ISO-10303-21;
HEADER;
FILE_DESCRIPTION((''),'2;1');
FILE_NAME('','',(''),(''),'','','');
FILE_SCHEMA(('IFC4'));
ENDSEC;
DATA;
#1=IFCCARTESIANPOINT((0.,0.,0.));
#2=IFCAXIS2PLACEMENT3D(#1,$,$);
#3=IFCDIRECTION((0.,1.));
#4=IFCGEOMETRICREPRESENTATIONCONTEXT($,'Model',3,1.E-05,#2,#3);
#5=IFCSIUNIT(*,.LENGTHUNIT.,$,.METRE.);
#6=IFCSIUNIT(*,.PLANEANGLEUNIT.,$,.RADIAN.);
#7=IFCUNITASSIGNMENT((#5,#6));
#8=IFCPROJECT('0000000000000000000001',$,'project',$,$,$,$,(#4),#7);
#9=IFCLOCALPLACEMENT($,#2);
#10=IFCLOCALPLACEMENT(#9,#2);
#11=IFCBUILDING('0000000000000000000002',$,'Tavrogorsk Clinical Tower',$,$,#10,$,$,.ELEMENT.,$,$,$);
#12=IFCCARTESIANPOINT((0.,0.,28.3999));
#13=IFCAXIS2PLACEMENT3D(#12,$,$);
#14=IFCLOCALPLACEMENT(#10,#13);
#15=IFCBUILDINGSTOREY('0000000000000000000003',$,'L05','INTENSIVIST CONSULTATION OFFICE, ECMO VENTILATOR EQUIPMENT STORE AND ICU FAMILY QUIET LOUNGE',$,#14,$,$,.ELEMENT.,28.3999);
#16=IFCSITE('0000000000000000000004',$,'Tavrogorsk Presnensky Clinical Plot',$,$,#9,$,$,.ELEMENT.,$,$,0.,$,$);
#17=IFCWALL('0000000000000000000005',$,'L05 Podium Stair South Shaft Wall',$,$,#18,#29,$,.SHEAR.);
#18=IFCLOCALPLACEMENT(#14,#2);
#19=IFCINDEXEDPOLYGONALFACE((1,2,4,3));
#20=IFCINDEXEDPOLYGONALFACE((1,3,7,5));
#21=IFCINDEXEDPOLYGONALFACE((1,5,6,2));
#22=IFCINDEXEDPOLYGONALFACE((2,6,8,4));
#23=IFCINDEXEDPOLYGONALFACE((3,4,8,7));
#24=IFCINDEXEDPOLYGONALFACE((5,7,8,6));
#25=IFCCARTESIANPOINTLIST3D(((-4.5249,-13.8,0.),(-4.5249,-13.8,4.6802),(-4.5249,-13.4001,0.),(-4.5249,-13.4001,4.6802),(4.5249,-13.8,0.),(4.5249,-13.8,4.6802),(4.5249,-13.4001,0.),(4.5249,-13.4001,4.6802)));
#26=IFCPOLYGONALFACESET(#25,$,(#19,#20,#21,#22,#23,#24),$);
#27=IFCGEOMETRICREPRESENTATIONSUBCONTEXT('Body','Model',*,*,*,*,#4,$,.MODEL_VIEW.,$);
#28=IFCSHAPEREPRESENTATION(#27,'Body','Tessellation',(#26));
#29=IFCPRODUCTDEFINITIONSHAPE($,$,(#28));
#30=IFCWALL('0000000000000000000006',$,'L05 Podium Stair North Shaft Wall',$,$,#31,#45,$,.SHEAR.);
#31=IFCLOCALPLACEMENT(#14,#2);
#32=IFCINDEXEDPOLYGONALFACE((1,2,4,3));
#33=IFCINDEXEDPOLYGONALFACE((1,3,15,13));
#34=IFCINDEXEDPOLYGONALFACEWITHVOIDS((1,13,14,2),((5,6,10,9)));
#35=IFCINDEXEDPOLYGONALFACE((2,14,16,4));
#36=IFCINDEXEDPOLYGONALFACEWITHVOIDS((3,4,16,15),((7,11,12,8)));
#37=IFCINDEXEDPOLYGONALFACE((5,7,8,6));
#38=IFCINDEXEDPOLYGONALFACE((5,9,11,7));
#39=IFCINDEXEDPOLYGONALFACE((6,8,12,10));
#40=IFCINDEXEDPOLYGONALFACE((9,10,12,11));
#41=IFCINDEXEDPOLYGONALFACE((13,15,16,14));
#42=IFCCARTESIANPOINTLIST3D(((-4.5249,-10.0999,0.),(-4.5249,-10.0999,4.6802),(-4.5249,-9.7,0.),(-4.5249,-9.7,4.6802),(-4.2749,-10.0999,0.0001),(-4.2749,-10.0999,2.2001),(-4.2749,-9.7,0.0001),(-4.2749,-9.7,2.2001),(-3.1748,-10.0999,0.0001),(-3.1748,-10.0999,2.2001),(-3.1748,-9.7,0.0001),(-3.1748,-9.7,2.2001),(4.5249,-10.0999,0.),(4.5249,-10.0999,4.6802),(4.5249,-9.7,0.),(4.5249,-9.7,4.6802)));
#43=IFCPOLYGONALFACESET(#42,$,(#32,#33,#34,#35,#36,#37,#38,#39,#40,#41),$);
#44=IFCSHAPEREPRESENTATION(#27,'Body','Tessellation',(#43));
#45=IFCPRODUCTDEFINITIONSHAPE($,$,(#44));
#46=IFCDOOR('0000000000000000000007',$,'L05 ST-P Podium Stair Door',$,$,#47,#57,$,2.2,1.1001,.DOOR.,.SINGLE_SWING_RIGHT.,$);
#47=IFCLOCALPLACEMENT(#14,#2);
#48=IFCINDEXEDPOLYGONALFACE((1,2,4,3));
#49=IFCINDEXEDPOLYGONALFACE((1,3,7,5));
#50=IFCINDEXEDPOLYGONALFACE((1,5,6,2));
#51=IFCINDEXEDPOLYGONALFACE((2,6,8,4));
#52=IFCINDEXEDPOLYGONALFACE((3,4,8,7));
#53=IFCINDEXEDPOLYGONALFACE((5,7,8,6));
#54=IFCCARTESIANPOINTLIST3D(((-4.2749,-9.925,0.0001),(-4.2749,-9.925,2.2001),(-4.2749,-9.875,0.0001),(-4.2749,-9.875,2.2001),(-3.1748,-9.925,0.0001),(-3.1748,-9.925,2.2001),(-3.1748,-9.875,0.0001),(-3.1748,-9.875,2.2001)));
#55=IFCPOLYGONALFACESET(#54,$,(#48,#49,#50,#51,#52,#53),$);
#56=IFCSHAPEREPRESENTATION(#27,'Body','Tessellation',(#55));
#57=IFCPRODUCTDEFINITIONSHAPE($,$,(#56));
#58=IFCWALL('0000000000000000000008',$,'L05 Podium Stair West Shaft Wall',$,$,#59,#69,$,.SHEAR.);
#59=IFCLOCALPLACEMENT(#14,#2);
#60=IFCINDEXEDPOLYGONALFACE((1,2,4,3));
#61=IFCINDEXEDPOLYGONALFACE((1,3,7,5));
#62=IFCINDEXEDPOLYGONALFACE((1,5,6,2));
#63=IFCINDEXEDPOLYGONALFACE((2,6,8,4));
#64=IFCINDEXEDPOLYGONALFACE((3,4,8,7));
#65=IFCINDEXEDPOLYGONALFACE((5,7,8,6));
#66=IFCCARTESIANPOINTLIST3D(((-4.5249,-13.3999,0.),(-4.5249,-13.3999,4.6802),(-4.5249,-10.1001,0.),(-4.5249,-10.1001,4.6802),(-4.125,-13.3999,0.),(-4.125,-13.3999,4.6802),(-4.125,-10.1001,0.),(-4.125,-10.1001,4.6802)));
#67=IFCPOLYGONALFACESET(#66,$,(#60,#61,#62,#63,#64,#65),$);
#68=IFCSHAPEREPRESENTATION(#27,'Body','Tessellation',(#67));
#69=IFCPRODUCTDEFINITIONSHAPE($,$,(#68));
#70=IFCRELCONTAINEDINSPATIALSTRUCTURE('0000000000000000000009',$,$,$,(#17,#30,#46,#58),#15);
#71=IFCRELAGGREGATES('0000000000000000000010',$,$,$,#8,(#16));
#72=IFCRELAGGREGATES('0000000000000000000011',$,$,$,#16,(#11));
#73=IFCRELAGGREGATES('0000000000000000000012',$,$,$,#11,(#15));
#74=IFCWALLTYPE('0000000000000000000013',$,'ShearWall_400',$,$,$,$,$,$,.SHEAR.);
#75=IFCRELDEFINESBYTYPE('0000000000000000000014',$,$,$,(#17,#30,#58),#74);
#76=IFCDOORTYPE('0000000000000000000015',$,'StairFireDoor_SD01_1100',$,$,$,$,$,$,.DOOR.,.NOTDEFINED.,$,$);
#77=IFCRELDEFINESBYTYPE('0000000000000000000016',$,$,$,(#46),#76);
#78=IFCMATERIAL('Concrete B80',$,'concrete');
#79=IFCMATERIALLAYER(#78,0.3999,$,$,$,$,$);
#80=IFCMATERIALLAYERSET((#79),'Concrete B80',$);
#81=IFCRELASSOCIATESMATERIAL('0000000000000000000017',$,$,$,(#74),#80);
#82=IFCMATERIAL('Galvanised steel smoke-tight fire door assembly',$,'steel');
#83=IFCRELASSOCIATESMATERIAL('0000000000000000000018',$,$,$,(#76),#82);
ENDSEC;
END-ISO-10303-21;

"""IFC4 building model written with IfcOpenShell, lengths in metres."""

from ifc_helpers import new_model, si_unit, direction, frame, frame_2d, origin, place, context, subcontext, project, spatial, rectangle, extrude, material, layer, layer_set, type_object, element, fill, save


model = new_model("IFC4")

# Units and contexts
model_context = context("Model", 3, precision=1e-05, world=origin(), true_north=direction((0.0, 1.0)))
body_context = subcontext(model_context, "Body", "Model", "MODEL_VIEW")
ifc_project = project(units=[si_unit("LENGTHUNIT", "METRE"), si_unit("PLANEANGLEUNIT", "RADIAN")], contexts=[model_context])

# Site, building, storey
site_placement = place(None, origin())
site = spatial("IfcSite", under=ifc_project, at=site_placement, Name="Tavrogorsk Presnensky Clinical Plot", CompositionType="ELEMENT", RefElevation=0.0)
building_placement = place(site_placement, origin())
building = spatial("IfcBuilding", under=site, at=building_placement, Name="Tavrogorsk Clinical Tower", CompositionType="ELEMENT")
storey_placement = place(building_placement, frame((0.0, 0.0, 28.3999)))
storey = spatial("IfcBuildingStorey", under=building, at=storey_placement, Name="L05", Description="INTENSIVIST CONSULTATION OFFICE, ECMO VENTILATOR EQUIPMENT STORE AND ICU FAMILY QUIET LOUNGE", CompositionType="ELEMENT", Elevation=28.3999)

# Wall
ifc_material_1 = material(Name="Concrete B80", Category="concrete")
ifc_layer_1 = layer(ifc_material_1, 0.3999)
ifc_layer_set_1 = layer_set([ifc_layer_1], Name="Concrete B80")
wall_type_1 = type_object("IfcWallType", Name="ShearWall_400", PredefinedType="SHEAR", material=ifc_layer_set_1)
wall_1_placement = place(storey_placement, frame((-4.5249, -13.6001, 0.0), z_axis=(0.0, 0.0, 1.0), x_axis=(1.0, 0.0, 0.0)))
element("IfcWall", 1, at=wall_1_placement, inside=storey, type_object=wall_type_1, Name="L05 Podium Stair South Shaft Wall", PredefinedType="SHEAR", context=body_context, shape_type="SweptSolid", body=[
    extrude(rectangle(XDim=9.0498, YDim=0.3999, at=frame_2d((4.5249, 0.0))), origin(), (0.0, 0.0, 1.0), 4.6802),
])

# Wall, opening, door
wall_2_placement = place(storey_placement, frame((-4.5249, -9.8999, 0.0), z_axis=(0.0, 0.0, 1.0), x_axis=(1.0, 0.0, 0.0)))
wall_2 = element("IfcWall", 2, at=wall_2_placement, inside=storey, type_object=wall_type_1, Name="L05 Podium Stair North Shaft Wall", PredefinedType="SHEAR", context=body_context, shape_type="SweptSolid", body=[
    extrude(rectangle(XDim=9.0498, YDim=0.3999, at=frame_2d((4.5249, 0.0))), origin(), (0.0, 0.0, 1.0), 4.6802),
])
opening_1_placement = place(wall_2_placement, frame((0.25, 0.0, 0.0)))
opening_1 = element("IfcOpeningElement", 3, at=opening_1_placement, cuts=wall_2, PredefinedType="OPENING", context=body_context, shape_type="SweptSolid", body=[
    extrude(rectangle(XDim=1.1001, YDim=2.2, at=frame_2d((0.55, 1.1001))), frame((0.0, 0.21, 0.0), z_axis=(0.0, -1.0, 0.0), x_axis=(1.0, 0.0, 0.0)), (0.0, 0.0, 1.0), 0.4199),
])
ifc_material_2 = material(Name="Galvanised steel smoke-tight fire door assembly", Category="steel")
door_type_1 = type_object("IfcDoorType", Name="StairFireDoor_SD01_1100", OperationType="NOTDEFINED", PredefinedType="DOOR", material=ifc_material_2)
door_1_placement = place(opening_1_placement, origin())
door_1 = element("IfcDoor", 4, at=door_1_placement, inside=storey, type_object=door_type_1, Name="L05 ST-P Podium Stair Door", OperationType="SINGLE_SWING_RIGHT", OverallHeight=2.2, OverallWidth=1.1001, PredefinedType="DOOR", context=body_context, shape_type="SweptSolid", body=[
    extrude(rectangle(XDim=1.1001, YDim=2.2, at=frame_2d((0.55, 1.1001))), frame((0.0, 0.0249, 0.0), z_axis=(0.0, -1.0, 0.0), x_axis=(1.0, 0.0, 0.0)), (0.0, 0.0, 1.0), 0.05),
])
fill(opening_1, door_1)

# Wall
wall_3_placement = place(storey_placement, frame((-4.325, -13.3999, 0.0), z_axis=(0.0, 0.0, 1.0), x_axis=(0.0, 1.0, 0.0)))
element("IfcWall", 5, at=wall_3_placement, inside=storey, type_object=wall_type_1, Name="L05 Podium Stair West Shaft Wall", PredefinedType="SHEAR", context=body_context, shape_type="SweptSolid", body=[
    extrude(rectangle(XDim=3.2998, YDim=0.3999, at=frame_2d((1.6499, 0.0))), origin(), (0.0, 0.0, 1.0), 4.6802),
])

save(model, "model.ifc")
